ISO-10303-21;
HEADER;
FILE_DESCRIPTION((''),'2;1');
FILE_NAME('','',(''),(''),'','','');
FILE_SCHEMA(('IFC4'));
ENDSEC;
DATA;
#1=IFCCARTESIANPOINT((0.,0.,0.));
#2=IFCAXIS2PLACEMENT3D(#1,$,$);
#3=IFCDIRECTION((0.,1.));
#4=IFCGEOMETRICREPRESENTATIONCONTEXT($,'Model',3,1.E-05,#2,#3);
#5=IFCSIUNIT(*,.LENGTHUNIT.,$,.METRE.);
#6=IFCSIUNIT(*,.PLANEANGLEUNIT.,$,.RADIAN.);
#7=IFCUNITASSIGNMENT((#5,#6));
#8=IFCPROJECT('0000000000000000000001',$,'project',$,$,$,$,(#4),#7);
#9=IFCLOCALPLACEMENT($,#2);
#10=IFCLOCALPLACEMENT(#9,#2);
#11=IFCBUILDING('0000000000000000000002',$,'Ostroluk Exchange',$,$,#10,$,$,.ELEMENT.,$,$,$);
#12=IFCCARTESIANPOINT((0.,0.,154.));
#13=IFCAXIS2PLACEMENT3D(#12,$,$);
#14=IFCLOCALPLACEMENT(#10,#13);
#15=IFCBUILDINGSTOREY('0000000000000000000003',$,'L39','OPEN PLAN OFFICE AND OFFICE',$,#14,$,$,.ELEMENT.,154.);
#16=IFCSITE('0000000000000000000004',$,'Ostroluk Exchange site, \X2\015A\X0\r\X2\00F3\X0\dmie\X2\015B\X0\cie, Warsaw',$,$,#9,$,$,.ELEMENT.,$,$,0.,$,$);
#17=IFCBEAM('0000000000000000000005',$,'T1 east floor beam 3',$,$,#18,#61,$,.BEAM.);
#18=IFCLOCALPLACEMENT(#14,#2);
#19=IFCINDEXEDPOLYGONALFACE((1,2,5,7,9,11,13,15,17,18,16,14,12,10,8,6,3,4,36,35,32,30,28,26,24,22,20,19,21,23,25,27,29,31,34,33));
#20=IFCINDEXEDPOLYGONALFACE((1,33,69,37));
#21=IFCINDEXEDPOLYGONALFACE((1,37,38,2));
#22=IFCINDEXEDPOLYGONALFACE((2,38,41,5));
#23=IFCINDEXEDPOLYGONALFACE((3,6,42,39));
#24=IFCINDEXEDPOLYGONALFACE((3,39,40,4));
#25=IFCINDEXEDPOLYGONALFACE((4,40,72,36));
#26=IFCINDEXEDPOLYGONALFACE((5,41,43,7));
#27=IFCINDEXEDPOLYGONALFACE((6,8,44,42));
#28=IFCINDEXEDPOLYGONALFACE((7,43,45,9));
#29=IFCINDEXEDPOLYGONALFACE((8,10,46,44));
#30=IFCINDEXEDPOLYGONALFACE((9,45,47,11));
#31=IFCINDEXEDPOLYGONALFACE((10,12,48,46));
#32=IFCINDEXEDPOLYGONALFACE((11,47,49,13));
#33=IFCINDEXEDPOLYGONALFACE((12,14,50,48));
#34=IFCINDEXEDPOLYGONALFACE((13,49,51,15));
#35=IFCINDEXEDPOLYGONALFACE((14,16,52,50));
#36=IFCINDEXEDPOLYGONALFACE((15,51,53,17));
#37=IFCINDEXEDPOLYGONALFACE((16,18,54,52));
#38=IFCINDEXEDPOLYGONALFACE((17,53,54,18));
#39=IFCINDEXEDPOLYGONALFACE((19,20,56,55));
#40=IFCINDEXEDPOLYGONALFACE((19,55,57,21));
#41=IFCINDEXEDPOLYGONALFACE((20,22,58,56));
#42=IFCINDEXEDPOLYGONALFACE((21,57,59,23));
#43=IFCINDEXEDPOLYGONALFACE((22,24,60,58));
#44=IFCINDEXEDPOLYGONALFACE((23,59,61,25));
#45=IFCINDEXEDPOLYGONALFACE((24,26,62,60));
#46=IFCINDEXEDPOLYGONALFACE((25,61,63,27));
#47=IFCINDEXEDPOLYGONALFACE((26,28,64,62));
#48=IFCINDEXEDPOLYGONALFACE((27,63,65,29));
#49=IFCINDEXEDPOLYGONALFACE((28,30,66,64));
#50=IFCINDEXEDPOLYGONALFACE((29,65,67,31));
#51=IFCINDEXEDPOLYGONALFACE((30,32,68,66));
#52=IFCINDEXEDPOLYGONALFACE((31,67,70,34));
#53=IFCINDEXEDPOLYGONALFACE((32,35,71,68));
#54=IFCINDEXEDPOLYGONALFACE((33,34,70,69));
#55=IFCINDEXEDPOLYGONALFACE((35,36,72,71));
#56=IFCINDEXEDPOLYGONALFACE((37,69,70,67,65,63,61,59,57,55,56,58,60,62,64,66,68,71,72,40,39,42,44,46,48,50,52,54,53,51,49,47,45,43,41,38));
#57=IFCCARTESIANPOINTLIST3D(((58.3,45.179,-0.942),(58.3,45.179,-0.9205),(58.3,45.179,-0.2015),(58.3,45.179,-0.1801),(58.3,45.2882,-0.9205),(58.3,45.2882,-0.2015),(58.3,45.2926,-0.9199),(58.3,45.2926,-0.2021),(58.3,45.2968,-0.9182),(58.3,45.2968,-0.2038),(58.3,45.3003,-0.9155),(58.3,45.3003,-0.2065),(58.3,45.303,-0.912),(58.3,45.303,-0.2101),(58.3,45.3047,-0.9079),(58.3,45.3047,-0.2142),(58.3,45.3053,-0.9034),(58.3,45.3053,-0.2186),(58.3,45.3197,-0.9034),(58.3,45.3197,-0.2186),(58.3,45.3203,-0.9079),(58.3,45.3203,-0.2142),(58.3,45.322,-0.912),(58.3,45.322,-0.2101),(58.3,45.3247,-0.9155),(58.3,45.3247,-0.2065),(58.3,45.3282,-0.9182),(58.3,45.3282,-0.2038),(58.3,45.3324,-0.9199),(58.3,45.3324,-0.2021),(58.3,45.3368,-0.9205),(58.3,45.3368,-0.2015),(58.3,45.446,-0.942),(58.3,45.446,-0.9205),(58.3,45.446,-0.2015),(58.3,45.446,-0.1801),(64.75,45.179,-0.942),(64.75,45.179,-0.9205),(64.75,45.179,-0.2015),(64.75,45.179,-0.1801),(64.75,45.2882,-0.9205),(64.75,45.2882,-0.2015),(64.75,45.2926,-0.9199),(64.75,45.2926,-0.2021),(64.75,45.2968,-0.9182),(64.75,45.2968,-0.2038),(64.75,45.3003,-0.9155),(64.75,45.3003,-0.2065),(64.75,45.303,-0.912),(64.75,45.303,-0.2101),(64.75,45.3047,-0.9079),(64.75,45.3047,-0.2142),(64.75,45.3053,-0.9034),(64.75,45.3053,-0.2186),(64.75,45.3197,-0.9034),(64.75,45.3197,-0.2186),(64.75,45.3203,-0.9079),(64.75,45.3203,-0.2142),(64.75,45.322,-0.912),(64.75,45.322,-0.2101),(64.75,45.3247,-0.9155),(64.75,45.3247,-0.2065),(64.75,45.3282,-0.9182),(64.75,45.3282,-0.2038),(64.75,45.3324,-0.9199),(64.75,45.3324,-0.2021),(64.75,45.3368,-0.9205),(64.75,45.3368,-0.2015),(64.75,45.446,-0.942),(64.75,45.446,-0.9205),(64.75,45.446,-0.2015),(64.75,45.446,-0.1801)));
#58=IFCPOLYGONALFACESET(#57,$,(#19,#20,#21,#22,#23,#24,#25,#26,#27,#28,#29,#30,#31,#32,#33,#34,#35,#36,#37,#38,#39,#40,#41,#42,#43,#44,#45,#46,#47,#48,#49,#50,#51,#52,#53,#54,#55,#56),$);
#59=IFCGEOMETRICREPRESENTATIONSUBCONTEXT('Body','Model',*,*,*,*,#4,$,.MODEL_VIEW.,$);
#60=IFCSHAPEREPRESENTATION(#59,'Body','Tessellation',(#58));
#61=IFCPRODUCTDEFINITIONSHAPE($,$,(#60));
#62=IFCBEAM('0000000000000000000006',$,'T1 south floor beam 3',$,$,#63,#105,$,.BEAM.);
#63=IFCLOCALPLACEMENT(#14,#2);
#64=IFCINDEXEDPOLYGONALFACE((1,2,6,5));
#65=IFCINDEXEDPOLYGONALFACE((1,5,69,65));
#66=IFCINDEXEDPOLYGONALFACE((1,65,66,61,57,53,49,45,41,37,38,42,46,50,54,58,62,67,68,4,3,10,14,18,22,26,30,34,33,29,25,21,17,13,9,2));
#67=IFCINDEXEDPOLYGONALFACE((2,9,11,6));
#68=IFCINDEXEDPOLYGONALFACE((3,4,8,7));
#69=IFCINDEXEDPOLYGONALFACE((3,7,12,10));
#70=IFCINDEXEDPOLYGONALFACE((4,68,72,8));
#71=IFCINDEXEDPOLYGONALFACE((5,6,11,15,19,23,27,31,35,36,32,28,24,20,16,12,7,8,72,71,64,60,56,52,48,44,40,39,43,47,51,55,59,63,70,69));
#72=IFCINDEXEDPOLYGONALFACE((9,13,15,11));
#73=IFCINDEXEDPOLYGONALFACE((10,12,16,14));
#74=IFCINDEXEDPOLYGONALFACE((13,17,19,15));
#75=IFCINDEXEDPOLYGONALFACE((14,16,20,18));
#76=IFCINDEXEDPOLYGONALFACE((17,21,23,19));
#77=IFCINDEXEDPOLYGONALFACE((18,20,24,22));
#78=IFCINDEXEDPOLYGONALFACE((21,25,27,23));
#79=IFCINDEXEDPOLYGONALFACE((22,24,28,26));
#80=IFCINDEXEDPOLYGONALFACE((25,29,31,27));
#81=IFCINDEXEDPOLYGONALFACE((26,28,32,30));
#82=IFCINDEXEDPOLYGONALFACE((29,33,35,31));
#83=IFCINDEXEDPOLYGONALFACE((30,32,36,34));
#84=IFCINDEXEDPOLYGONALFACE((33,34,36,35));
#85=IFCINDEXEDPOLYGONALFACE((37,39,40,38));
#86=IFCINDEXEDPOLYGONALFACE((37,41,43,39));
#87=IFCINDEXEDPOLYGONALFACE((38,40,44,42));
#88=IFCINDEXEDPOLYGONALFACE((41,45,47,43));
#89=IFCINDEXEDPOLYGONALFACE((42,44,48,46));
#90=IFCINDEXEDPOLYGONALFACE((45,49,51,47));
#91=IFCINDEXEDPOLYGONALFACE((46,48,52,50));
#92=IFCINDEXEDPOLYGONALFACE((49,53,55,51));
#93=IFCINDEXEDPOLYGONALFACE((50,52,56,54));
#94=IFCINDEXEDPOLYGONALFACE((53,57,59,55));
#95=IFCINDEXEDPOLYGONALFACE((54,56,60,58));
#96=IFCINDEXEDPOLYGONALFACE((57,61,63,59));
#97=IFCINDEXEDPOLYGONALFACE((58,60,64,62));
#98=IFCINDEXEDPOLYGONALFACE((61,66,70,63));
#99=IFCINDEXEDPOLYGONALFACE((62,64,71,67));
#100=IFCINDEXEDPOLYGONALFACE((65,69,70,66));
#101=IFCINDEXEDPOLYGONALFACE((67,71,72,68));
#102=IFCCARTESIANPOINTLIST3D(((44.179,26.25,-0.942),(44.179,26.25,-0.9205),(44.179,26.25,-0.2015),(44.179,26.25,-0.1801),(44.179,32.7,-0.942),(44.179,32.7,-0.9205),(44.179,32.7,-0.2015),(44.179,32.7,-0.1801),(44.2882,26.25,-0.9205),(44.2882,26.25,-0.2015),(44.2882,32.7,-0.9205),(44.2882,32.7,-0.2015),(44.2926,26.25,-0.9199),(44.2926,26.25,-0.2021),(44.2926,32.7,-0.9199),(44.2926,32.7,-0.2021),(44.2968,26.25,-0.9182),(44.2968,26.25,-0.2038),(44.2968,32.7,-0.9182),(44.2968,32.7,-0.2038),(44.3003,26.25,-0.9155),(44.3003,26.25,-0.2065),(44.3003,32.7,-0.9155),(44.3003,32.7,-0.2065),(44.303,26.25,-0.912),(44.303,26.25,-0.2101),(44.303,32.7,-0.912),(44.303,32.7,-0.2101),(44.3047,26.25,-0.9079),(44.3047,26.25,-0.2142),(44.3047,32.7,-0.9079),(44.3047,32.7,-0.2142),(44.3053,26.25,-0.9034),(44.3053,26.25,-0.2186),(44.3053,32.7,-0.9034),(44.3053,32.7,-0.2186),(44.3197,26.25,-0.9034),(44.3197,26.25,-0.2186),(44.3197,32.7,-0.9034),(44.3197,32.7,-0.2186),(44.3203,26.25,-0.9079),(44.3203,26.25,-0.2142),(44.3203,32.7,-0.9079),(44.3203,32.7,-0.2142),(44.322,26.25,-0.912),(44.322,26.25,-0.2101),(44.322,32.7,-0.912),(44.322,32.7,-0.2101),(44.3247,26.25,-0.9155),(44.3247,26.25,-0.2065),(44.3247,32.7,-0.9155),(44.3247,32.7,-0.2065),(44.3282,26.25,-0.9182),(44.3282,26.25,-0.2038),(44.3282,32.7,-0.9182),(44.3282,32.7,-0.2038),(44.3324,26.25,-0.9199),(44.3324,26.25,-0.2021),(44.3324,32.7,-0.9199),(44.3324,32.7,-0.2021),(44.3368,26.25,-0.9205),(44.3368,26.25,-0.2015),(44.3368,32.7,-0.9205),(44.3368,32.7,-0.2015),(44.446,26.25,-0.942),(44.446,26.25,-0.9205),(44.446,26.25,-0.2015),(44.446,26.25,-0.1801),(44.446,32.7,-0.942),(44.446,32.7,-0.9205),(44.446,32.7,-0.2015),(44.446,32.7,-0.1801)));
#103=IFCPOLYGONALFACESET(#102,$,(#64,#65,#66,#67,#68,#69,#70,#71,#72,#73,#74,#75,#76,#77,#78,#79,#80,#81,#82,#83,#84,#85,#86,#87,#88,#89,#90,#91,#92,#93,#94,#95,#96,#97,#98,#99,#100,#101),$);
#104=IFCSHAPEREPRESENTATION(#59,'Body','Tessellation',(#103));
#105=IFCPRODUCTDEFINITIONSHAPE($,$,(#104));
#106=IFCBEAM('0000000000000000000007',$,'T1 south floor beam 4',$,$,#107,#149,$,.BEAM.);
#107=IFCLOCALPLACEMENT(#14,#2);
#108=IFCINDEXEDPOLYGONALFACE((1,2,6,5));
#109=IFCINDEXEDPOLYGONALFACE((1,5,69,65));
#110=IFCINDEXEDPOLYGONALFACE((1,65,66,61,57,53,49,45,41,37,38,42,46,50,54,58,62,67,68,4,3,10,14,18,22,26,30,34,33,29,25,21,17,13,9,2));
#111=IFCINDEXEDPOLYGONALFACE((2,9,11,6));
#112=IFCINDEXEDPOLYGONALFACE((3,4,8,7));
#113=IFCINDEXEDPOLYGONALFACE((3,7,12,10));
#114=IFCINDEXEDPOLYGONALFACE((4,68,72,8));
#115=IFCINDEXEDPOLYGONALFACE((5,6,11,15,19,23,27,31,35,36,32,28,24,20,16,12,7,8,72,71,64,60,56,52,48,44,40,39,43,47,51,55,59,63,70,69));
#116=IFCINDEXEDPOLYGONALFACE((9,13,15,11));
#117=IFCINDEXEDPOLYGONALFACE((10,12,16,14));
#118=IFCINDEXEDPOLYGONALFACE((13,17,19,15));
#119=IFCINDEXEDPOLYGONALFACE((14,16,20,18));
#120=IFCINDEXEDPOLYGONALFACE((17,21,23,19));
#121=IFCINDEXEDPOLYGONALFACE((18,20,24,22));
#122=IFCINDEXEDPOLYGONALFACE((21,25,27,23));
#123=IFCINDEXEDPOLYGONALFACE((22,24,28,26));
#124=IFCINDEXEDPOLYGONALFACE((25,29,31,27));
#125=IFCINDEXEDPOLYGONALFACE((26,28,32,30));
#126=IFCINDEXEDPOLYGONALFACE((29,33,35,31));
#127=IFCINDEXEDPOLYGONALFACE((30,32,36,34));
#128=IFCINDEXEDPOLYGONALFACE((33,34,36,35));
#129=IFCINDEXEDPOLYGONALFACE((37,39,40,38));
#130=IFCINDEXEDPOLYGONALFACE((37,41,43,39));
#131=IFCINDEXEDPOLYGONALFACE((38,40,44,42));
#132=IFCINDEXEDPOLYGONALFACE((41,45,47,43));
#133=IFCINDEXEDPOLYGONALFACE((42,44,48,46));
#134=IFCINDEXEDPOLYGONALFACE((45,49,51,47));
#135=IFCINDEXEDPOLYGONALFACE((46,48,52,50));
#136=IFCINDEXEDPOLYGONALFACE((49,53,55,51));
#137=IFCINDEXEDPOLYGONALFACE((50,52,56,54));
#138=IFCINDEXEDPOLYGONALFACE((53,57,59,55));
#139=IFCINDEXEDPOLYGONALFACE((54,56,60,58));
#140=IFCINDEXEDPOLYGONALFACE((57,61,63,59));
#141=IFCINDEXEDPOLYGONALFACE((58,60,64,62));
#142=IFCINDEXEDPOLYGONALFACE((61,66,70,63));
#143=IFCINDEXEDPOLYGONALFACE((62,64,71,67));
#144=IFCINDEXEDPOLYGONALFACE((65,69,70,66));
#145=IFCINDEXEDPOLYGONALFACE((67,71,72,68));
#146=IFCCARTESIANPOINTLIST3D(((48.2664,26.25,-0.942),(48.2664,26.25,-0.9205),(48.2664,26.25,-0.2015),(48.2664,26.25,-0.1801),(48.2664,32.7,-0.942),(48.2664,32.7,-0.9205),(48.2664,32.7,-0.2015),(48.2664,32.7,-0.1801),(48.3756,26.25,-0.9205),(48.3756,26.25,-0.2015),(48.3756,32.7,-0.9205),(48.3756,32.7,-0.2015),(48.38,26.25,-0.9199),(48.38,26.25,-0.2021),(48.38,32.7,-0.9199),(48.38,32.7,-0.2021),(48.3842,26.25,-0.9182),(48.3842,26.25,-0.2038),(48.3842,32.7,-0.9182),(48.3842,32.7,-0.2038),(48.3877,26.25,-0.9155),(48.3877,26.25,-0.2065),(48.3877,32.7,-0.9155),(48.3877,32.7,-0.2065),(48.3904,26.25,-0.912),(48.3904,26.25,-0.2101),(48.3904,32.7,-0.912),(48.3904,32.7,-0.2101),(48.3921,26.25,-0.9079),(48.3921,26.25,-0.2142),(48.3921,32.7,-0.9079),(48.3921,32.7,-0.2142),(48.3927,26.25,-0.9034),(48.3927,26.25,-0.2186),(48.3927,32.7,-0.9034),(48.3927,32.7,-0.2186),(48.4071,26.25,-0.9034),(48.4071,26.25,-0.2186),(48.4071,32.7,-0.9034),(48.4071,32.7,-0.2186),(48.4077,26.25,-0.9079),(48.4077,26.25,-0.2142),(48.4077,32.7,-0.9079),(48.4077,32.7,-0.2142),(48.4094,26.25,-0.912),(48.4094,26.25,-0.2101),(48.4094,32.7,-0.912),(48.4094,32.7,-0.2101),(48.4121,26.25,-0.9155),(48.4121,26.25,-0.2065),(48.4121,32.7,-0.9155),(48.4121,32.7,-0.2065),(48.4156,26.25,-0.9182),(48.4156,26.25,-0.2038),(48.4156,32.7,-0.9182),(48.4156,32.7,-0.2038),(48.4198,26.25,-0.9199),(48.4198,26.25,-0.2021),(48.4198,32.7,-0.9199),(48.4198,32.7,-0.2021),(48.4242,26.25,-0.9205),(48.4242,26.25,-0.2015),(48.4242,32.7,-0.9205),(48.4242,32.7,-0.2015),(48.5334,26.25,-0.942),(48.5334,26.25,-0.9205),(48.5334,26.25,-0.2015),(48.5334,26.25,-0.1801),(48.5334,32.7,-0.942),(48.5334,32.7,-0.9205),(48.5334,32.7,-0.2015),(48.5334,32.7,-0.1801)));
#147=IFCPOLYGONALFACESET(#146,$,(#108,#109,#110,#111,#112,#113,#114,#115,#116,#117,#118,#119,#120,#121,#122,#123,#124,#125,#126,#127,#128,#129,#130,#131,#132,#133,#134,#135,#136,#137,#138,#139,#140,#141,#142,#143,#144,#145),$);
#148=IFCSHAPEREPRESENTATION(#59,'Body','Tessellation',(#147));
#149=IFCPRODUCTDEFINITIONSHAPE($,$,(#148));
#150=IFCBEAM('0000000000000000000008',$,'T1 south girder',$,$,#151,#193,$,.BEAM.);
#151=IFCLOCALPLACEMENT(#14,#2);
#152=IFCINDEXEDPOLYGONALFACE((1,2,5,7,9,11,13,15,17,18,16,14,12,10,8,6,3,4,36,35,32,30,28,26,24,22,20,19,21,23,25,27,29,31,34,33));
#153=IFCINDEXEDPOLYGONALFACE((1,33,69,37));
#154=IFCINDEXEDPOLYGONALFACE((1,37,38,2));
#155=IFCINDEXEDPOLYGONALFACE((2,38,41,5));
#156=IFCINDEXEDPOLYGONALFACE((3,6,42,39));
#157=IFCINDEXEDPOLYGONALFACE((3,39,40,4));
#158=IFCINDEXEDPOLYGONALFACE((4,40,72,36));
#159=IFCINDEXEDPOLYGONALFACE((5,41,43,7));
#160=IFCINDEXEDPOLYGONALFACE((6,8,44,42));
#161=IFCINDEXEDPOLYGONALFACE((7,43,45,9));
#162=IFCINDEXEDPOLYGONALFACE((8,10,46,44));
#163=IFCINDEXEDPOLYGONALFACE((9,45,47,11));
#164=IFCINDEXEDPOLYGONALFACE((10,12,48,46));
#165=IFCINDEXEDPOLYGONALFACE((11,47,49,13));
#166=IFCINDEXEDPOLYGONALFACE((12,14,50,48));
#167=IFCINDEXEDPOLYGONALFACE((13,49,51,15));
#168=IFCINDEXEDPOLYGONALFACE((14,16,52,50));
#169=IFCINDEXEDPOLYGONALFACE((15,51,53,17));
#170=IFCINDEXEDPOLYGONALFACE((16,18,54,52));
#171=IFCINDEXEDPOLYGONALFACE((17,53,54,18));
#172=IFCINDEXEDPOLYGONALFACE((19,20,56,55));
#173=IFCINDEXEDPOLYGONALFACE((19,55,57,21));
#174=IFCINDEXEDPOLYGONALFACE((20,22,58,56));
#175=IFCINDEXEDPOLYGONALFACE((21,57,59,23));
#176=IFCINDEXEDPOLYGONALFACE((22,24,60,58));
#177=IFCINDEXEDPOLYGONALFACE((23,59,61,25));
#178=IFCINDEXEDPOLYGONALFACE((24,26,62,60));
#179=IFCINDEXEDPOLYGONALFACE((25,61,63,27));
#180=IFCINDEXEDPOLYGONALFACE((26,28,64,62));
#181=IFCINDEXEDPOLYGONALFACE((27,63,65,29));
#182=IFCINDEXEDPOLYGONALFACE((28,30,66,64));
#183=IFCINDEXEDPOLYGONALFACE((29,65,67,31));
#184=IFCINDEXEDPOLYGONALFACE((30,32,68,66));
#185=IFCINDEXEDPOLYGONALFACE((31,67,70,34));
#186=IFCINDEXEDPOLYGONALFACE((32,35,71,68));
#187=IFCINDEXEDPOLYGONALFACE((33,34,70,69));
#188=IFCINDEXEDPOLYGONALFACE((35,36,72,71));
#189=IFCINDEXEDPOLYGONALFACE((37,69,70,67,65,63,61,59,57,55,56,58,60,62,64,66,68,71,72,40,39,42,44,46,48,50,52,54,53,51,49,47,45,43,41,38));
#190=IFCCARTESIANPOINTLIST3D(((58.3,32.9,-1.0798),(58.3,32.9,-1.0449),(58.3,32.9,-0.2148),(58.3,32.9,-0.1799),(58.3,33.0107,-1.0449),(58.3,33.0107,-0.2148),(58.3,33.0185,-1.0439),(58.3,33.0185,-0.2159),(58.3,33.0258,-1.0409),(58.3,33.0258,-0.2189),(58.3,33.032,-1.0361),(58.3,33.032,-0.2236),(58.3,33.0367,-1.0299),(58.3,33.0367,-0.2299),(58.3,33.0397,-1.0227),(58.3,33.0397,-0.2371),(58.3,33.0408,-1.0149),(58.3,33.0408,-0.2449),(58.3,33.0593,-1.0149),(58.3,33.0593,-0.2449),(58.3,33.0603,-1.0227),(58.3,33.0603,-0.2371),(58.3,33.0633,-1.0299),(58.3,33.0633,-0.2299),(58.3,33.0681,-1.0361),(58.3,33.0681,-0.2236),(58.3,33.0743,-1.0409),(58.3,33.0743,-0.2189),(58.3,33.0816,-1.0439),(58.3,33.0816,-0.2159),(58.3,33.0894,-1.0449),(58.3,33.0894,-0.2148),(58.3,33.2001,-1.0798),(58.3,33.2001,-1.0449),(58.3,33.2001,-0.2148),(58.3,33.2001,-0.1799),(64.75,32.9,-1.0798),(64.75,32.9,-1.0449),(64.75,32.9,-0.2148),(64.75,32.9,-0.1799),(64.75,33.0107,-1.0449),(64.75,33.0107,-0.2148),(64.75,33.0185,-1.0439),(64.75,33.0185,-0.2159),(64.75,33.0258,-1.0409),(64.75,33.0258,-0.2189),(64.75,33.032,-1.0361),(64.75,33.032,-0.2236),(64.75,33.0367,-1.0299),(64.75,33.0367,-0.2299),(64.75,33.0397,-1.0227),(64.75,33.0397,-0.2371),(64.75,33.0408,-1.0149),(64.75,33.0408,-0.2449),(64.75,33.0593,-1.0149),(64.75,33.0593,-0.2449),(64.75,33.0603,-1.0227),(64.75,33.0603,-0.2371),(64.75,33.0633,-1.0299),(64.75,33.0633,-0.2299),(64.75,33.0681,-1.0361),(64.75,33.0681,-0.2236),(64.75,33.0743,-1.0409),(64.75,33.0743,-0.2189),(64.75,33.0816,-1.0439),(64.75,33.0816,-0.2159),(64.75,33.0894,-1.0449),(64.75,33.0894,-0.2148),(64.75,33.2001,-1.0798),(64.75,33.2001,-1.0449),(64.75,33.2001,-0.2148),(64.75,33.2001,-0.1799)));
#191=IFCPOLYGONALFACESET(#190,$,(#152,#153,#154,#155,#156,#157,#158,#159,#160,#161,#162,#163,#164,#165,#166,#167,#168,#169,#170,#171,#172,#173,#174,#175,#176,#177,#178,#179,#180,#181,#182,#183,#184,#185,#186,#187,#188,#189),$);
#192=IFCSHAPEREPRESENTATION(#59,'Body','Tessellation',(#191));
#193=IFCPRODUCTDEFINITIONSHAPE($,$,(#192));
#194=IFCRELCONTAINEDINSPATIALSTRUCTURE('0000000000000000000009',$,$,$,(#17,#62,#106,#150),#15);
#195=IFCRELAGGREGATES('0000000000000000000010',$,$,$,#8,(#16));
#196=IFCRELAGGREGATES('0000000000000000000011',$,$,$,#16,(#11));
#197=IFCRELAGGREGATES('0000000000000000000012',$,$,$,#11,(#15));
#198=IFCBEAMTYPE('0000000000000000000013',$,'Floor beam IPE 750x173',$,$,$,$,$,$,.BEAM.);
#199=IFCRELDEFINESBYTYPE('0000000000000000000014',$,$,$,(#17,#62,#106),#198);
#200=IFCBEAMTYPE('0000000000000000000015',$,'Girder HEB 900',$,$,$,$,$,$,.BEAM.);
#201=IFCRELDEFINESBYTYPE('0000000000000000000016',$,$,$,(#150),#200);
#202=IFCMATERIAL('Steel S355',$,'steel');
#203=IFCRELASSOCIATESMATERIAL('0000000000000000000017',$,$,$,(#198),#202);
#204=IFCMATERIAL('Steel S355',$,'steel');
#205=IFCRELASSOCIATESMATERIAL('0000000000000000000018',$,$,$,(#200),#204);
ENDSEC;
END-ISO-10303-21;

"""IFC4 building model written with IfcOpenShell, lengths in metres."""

from ifc_helpers import new_model, si_unit, direction, frame, origin, origin_2d, place, context, subcontext, project, spatial, i_section, extrude, material, material_profile, profile_set, type_object, element, save


model = new_model("IFC4")

# Units and contexts
model_context = context("Model", 3, precision=1e-05, world=origin(), true_north=direction((0.0, 1.0)))
body_context = subcontext(model_context, "Body", "Model", "MODEL_VIEW")
ifc_project = project(units=[si_unit("LENGTHUNIT", "METRE"), si_unit("PLANEANGLEUNIT", "RADIAN")], contexts=[model_context])

# Site, building, storey
site_placement = place(None, origin())
site = spatial("IfcSite", under=ifc_project, at=site_placement, Name="Ostroluk Exchange site, Śródmieście, Warsaw", CompositionType="ELEMENT", RefElevation=0.0)
building_placement = place(site_placement, origin())
building = spatial("IfcBuilding", under=site, at=building_placement, Name="Ostroluk Exchange", CompositionType="ELEMENT")
storey_placement = place(building_placement, frame((0.0, 0.0, 154.0)))
storey = spatial("IfcBuildingStorey", under=building, at=storey_placement, Name="L39", Description="OPEN PLAN OFFICE AND OFFICE", CompositionType="ELEMENT", Elevation=154.0)

# Beams
ifc_material_1 = material(Name="Steel S355", Category="steel")
ifc_material_profile_1 = material_profile(ifc_material_1, i_section(OverallWidth=0.2671, OverallDepth=0.762, WebThickness=0.0144, FlangeThickness=0.0215, FilletRadius=0.0171, at=origin_2d()), Name="IPE 750x173")
ifc_profile_set_1 = profile_set([ifc_material_profile_1], Name="Steel S355")
beam_type_1 = type_object("IfcBeamType", Name="Floor beam IPE 750x173", PredefinedType="BEAM", material=ifc_profile_set_1)
for number, where, z_axis, x_axis, name in (
    (1, (58.3, 45.3125, -0.561), (1.0, 0.0, 0.0), (0.0, 1.0, 0.0), "T1 east floor beam 3"),
    (2, (44.3125, 32.7, -0.561), (0.0, -1.0, 0.0), (1.0, 0.0, 0.0), "T1 south floor beam 3"),
    (3, (48.3999, 32.7, -0.561), (0.0, -1.0, 0.0), (1.0, 0.0, 0.0), "T1 south floor beam 4"),
):
    element("IfcBeam", number, at=place(storey_placement, frame(where, z_axis=z_axis, x_axis=x_axis)), inside=storey, type_object=beam_type_1, Name=name, PredefinedType="BEAM", context=body_context, shape_type="SweptSolid", body=[
        extrude(i_section(OverallWidth=0.2671, OverallDepth=0.762, WebThickness=0.0144, FlangeThickness=0.0215, FilletRadius=0.0171, at=origin_2d()), origin(), (0.0, 0.0, 1.0), 6.45),
    ])
ifc_material_2 = material(Name="Steel S355", Category="steel")
ifc_material_profile_2 = material_profile(ifc_material_2, i_section(OverallWidth=0.3, OverallDepth=0.8999, WebThickness=0.0186, FlangeThickness=0.0349, FilletRadius=0.03, at=origin_2d()), Name="HEB 900")
ifc_profile_set_2 = profile_set([ifc_material_profile_2], Name="Steel S355")
beam_type_2 = type_object("IfcBeamType", Name="Girder HEB 900", PredefinedType="BEAM", material=ifc_profile_set_2)
beam_placement = place(storey_placement, frame((58.3, 33.05, -0.6299), z_axis=(1.0, 0.0, 0.0), x_axis=(0.0, 1.0, 0.0)))
element("IfcBeam", 4, at=beam_placement, inside=storey, type_object=beam_type_2, Name="T1 south girder", PredefinedType="BEAM", context=body_context, shape_type="SweptSolid", body=[
    extrude(i_section(OverallWidth=0.3, OverallDepth=0.8999, WebThickness=0.0186, FlangeThickness=0.0349, FilletRadius=0.03, at=origin_2d()), origin(), (0.0, 0.0, 1.0), 6.45),
])

save(model, "model.ifc")
